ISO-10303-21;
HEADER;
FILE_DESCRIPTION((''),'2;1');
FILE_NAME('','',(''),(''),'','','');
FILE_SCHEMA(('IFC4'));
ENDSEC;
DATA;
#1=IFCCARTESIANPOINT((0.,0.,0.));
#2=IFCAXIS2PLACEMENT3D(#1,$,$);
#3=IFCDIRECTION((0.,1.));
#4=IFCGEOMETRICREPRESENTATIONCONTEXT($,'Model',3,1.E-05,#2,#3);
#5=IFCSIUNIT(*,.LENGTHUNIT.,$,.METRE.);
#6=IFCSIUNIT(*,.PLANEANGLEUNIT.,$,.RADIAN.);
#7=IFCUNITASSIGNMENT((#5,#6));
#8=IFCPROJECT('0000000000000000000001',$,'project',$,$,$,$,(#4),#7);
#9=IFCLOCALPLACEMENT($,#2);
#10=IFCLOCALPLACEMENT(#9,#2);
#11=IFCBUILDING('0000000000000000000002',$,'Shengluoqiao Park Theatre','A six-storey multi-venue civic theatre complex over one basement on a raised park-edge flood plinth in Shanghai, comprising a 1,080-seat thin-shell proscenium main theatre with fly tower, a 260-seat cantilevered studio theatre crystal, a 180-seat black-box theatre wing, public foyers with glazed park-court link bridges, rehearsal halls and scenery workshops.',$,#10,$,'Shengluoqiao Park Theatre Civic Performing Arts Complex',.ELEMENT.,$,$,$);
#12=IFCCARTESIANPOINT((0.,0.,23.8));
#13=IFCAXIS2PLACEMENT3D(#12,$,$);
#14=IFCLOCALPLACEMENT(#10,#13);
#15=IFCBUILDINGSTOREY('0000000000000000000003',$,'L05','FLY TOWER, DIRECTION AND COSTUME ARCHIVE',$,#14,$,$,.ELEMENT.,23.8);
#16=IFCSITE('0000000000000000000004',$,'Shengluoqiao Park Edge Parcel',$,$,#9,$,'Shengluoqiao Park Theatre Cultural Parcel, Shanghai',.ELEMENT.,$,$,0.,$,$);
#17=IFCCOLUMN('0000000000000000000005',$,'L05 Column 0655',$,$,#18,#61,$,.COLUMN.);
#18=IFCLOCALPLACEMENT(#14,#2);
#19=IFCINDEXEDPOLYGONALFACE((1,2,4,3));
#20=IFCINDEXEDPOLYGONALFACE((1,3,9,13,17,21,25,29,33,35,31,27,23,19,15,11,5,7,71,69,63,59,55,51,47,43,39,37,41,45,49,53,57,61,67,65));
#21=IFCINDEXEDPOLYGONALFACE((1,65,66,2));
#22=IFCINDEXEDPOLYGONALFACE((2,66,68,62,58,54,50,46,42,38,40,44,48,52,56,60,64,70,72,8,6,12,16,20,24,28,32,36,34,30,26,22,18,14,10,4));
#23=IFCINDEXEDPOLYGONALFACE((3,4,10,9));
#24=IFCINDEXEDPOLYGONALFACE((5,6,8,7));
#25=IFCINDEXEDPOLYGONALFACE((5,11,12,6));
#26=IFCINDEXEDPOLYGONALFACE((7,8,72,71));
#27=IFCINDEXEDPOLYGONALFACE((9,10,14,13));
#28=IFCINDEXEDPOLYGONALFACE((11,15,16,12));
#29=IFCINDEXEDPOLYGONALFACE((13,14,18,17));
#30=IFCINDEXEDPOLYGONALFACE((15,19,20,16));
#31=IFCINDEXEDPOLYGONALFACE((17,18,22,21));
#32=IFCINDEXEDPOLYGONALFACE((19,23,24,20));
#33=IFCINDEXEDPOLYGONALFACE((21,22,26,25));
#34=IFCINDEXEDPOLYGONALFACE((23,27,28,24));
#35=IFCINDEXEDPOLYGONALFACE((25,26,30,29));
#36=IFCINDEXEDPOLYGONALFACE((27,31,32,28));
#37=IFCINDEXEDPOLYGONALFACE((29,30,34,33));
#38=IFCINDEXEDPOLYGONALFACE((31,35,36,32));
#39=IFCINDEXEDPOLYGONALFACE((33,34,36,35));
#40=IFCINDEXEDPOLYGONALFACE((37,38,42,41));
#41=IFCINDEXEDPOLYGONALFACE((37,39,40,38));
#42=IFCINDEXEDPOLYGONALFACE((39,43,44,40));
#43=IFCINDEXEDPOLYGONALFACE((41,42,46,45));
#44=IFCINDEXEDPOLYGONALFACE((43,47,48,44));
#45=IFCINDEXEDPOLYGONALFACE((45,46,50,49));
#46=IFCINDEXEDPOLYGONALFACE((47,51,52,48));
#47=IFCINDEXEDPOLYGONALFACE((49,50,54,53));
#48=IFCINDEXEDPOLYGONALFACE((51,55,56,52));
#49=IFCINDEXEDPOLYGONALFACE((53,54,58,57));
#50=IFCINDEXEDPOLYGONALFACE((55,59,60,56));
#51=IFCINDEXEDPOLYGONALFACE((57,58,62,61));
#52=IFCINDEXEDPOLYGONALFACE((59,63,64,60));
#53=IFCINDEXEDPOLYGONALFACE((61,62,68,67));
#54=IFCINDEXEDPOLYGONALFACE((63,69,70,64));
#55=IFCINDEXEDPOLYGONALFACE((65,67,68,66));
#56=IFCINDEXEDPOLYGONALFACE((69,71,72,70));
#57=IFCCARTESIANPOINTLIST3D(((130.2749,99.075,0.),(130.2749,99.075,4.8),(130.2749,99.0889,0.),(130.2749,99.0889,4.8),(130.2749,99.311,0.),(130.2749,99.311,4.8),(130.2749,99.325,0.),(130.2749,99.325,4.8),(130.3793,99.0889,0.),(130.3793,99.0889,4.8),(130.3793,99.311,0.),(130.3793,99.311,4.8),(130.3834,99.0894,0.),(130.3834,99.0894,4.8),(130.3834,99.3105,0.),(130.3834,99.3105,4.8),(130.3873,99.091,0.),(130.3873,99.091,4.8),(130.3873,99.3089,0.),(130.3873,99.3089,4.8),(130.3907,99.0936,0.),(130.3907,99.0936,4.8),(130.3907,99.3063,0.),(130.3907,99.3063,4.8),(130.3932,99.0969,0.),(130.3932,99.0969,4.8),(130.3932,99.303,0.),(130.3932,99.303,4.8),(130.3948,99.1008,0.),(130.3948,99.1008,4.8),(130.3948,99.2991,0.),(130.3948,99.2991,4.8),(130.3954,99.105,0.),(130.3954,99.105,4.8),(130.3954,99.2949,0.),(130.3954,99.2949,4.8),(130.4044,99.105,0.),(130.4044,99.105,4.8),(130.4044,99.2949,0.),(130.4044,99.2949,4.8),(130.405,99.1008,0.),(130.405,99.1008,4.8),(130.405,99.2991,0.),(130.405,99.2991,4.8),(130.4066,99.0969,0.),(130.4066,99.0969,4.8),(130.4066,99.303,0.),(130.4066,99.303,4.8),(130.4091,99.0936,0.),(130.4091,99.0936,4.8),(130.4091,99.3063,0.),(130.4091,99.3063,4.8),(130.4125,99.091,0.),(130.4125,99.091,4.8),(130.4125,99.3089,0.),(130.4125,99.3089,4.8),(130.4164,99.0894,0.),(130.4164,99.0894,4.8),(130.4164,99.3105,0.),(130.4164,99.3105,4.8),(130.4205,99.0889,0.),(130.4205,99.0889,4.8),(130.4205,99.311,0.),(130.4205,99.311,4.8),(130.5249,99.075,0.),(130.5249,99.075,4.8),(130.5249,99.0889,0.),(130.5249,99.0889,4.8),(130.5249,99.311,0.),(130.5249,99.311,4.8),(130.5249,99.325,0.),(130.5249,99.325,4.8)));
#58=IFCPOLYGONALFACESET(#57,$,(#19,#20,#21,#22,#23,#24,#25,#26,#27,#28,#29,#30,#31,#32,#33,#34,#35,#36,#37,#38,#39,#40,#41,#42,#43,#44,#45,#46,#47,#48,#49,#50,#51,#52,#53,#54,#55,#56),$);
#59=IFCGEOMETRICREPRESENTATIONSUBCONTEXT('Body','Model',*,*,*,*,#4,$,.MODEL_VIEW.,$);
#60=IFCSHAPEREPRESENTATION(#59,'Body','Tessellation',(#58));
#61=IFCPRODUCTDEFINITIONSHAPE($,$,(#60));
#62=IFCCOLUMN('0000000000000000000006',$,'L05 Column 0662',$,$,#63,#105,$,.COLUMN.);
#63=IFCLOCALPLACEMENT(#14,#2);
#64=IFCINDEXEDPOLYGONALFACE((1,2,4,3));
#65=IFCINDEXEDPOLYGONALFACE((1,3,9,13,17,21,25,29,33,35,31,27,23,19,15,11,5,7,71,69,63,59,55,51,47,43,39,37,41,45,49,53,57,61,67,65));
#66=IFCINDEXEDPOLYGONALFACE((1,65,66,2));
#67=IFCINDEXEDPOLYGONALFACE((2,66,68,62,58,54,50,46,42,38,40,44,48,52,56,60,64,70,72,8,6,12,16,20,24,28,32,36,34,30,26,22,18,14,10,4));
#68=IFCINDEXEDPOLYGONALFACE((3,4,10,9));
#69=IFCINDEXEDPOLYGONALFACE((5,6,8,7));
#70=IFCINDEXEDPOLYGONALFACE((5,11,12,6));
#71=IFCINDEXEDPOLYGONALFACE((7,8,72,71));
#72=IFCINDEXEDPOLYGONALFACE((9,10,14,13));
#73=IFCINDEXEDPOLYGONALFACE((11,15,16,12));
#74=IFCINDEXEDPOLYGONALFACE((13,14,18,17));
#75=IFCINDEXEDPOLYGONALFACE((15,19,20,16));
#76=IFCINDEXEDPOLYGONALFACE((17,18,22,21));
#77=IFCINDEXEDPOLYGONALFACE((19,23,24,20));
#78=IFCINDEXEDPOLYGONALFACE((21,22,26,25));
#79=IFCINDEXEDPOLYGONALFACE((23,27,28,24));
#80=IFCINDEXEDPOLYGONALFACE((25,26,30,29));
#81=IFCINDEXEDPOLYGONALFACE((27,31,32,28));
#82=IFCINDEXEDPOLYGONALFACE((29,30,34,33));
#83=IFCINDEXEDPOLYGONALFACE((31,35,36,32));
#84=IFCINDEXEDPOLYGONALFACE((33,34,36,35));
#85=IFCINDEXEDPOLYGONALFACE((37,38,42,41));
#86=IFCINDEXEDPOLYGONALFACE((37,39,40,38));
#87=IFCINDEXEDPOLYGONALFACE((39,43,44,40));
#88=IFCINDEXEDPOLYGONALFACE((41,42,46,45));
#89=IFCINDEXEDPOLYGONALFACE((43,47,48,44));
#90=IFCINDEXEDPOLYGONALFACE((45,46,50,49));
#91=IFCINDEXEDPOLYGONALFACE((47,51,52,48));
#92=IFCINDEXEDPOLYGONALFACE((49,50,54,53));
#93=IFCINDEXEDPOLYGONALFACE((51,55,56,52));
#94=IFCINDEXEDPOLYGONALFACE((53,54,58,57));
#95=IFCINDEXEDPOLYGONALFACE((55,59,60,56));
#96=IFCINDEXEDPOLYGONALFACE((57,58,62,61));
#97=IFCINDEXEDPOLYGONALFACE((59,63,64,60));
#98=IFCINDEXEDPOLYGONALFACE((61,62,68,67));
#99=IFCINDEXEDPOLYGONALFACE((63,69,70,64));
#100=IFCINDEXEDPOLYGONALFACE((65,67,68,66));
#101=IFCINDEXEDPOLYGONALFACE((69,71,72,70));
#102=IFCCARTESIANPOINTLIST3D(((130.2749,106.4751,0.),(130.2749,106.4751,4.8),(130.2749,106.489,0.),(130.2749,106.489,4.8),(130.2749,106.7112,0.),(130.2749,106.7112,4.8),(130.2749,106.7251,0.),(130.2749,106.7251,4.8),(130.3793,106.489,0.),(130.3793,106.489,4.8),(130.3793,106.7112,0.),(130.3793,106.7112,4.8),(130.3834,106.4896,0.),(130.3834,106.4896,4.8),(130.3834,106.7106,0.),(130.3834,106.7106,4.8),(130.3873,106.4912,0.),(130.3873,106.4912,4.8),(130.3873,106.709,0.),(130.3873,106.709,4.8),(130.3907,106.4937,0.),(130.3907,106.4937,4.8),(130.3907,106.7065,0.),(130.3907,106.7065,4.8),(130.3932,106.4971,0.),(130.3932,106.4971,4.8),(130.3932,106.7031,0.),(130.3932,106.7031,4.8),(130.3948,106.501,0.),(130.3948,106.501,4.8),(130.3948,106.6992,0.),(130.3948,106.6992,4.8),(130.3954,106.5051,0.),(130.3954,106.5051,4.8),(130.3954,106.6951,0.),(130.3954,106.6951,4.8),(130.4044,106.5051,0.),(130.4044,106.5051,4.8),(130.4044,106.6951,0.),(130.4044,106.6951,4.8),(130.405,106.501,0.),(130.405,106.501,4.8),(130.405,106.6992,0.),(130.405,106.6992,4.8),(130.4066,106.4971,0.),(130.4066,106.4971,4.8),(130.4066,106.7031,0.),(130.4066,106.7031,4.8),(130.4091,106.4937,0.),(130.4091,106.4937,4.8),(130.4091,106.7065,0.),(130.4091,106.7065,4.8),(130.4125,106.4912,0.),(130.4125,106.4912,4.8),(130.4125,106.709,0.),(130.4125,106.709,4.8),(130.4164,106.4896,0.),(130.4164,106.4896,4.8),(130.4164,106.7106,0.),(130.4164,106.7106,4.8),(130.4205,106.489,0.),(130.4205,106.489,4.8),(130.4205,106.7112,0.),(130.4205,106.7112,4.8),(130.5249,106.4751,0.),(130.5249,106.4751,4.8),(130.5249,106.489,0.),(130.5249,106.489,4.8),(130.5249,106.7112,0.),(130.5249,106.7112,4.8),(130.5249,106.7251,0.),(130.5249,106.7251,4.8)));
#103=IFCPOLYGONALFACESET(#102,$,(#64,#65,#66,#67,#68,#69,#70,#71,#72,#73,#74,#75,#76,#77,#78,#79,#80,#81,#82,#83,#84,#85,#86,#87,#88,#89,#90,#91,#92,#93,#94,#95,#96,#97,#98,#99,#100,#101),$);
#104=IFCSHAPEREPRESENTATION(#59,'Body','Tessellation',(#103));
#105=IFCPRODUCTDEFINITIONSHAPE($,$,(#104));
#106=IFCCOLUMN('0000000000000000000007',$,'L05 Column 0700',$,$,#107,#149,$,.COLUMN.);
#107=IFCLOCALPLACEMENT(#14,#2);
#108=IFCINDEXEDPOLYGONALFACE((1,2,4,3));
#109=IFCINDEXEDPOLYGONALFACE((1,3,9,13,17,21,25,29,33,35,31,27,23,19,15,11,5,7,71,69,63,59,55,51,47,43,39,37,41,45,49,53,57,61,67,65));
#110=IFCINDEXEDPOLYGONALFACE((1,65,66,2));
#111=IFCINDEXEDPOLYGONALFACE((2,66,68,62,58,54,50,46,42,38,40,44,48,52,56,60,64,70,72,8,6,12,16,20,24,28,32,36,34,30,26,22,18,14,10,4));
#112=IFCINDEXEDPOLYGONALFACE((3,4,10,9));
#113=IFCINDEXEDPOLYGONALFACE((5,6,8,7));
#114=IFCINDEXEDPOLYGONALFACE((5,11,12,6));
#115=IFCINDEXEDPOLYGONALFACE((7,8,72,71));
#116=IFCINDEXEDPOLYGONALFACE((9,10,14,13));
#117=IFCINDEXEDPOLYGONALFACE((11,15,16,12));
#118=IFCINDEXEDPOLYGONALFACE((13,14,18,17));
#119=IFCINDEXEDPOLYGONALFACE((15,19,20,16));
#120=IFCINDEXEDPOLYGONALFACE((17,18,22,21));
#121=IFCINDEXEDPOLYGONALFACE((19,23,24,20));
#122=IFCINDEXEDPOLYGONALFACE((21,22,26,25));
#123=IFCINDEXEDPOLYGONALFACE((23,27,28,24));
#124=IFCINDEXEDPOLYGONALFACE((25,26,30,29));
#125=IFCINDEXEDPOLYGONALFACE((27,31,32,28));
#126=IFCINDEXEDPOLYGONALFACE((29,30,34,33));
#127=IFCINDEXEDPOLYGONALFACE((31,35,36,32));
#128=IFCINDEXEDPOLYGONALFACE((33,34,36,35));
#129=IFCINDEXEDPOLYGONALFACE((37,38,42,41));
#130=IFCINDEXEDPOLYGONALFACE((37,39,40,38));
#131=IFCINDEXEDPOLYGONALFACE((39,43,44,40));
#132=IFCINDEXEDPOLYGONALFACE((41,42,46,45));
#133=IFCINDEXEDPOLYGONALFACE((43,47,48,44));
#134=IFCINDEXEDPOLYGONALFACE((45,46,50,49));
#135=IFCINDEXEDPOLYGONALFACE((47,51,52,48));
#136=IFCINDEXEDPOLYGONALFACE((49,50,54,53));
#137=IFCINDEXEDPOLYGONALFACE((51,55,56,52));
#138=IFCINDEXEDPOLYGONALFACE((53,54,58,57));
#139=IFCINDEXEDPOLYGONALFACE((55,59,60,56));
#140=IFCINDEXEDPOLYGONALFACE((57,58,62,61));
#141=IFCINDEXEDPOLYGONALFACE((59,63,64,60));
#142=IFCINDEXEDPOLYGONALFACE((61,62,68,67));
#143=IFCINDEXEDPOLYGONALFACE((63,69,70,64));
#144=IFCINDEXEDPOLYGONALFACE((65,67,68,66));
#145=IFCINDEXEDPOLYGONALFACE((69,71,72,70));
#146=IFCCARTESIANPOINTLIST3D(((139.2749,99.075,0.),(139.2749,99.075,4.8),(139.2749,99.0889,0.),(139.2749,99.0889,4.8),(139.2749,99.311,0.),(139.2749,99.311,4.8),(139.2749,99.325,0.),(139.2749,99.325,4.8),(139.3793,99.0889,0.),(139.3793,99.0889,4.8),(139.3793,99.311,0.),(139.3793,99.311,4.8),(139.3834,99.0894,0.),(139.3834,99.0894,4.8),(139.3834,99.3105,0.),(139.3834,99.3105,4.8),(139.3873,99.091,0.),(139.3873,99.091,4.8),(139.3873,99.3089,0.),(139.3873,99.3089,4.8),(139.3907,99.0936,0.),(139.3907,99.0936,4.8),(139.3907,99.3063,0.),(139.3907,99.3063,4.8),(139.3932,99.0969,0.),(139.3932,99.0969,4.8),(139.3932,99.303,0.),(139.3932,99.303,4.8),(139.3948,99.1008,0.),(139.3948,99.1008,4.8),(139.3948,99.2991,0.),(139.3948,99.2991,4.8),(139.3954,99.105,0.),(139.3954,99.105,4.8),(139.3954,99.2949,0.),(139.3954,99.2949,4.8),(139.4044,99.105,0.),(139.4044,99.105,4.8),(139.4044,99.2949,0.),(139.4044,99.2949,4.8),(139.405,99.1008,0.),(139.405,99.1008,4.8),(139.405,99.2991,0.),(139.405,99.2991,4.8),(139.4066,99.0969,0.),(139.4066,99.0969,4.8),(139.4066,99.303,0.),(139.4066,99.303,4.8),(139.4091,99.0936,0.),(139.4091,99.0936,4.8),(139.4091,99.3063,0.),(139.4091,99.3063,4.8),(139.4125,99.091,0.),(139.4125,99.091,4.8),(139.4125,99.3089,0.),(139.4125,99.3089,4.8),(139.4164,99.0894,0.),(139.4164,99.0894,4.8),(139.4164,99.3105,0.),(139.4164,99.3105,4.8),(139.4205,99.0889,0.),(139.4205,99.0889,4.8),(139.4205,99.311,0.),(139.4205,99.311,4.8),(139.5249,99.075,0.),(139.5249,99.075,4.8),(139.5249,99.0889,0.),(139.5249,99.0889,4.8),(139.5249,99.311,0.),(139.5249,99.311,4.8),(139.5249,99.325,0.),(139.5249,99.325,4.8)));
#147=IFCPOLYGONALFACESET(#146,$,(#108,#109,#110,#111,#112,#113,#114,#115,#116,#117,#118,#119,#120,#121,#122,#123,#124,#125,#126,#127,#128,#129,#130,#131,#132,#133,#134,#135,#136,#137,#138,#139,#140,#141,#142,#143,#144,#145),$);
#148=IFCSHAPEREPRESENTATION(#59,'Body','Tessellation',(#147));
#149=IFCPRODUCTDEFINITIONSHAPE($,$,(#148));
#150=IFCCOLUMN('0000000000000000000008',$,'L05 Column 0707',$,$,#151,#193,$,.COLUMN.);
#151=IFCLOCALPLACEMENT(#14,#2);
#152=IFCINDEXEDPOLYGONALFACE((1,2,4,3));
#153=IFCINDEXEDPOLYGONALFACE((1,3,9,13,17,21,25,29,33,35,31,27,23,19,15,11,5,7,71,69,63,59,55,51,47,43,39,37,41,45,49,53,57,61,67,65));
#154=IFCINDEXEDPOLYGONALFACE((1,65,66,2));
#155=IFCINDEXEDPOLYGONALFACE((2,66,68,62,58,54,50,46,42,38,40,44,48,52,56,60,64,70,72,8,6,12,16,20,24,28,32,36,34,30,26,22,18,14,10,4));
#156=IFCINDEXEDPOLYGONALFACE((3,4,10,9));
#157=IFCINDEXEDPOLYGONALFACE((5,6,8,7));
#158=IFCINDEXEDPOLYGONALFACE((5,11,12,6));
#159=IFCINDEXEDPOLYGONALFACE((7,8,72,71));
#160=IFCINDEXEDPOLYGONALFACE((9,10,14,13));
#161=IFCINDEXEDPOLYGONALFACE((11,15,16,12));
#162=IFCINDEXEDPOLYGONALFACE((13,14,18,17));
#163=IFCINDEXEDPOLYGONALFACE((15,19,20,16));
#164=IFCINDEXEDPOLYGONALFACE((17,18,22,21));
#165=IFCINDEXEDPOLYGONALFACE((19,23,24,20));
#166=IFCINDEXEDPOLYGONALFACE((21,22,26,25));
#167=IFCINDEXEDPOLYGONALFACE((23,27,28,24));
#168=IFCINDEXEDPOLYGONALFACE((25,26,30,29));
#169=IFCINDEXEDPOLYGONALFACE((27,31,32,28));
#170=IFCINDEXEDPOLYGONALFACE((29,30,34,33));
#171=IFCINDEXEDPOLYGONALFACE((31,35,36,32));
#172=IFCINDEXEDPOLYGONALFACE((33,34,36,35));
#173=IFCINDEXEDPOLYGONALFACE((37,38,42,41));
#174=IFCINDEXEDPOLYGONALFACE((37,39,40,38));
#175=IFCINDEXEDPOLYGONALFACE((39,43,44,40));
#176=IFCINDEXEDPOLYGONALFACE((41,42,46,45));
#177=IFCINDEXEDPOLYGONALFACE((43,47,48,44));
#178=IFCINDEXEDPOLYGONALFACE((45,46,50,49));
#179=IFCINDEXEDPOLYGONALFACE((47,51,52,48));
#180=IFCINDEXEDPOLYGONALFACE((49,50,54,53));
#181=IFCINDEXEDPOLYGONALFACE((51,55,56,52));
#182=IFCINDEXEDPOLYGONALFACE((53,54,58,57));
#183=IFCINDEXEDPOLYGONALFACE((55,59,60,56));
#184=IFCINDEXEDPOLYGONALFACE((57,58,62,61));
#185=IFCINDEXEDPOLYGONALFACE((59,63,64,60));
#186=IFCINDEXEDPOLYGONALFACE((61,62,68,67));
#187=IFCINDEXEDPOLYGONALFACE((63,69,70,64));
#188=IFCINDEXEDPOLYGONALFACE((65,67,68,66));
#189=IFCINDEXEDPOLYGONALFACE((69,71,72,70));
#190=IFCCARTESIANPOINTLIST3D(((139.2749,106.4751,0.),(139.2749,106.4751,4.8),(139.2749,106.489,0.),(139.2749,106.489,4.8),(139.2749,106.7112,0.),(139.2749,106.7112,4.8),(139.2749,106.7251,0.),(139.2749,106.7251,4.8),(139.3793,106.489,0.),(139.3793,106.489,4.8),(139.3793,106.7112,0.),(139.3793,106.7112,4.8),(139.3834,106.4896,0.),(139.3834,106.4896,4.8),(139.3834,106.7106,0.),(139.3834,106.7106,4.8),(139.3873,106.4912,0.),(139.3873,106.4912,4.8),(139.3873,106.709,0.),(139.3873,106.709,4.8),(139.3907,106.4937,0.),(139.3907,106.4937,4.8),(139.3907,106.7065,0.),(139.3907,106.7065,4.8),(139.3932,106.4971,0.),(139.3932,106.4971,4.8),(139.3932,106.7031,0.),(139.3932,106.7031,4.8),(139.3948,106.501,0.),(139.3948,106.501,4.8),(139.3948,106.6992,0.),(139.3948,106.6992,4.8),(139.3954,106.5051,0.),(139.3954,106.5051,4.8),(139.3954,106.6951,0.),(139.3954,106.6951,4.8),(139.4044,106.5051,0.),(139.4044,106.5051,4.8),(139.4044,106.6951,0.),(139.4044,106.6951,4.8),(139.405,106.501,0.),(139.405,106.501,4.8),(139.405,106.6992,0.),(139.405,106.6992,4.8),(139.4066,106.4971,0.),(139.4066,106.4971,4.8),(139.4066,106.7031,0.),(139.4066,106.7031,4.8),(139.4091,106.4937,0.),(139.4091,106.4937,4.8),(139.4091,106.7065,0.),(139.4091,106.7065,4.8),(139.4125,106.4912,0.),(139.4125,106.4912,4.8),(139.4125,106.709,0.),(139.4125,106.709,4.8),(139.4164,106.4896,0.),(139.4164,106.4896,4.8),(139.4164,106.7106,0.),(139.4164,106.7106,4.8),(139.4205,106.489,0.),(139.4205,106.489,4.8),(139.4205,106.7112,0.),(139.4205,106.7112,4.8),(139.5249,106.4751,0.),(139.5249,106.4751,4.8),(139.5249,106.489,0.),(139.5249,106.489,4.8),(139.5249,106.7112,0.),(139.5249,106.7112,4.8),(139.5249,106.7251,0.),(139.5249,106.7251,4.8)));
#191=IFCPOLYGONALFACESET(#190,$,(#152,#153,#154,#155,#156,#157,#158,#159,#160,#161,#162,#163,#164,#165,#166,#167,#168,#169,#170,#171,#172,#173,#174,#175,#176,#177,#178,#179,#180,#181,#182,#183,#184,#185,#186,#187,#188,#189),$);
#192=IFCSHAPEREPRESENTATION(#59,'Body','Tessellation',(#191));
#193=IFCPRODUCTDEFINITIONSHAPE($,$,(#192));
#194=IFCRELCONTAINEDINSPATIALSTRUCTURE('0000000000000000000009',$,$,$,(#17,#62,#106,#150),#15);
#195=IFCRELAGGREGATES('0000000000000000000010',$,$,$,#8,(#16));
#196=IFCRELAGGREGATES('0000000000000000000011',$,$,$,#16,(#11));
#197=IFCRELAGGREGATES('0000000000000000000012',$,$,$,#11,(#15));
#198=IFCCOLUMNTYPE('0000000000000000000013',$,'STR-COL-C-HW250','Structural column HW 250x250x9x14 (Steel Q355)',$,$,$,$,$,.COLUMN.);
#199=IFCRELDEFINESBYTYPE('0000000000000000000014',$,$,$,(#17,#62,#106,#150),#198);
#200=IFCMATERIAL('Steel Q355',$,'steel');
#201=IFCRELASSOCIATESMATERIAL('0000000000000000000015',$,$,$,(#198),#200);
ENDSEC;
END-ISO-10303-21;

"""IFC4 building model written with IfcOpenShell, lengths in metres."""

from ifc_helpers import new_model, si_unit, direction, frame, origin, origin_2d, place, context, subcontext, project, spatial, i_section, extrude, material, material_profile, profile_set, type_object, element, save


model = new_model("IFC4")

# Units and contexts
model_context = context("Model", 3, precision=1e-05, world=origin(), true_north=direction((0.0, 1.0)))
body_context = subcontext(model_context, "Body", "Model", "MODEL_VIEW")
ifc_project = project(units=[si_unit("LENGTHUNIT", "METRE"), si_unit("PLANEANGLEUNIT", "RADIAN")], contexts=[model_context])

# Site, building, storey
site_placement = place(None, origin())
site = spatial("IfcSite", under=ifc_project, at=site_placement, Name="Shengluoqiao Park Edge Parcel", LongName="Shengluoqiao Park Theatre Cultural Parcel, Shanghai", CompositionType="ELEMENT", RefElevation=0.0)
building_placement = place(site_placement, origin())
building = spatial("IfcBuilding", under=site, at=building_placement, Name="Shengluoqiao Park Theatre", Description="A six-storey multi-venue civic theatre complex over one basement on a raised park-edge flood plinth in Shanghai, comprising a 1,080-seat thin-shell proscenium main theatre with fly tower, a 260-seat cantilevered studio theatre crystal, a 180-seat black-box theatre wing, public foyers with glazed park-court link bridges, rehearsal halls and scenery workshops.", LongName="Shengluoqiao Park Theatre Civic Performing Arts Complex", CompositionType="ELEMENT")
storey_placement = place(building_placement, frame((0.0, 0.0, 23.8)))
storey = spatial("IfcBuildingStorey", under=building, at=storey_placement, Name="L05", Description="FLY TOWER, DIRECTION AND COSTUME ARCHIVE", CompositionType="ELEMENT", Elevation=23.8)

# Columns
ifc_material_1 = material(Name="Steel Q355", Category="steel")
ifc_material_profile_1 = material_profile(ifc_material_1, i_section(OverallWidth=0.25, OverallDepth=0.25, WebThickness=0.009, FlangeThickness=0.0139, FilletRadius=0.0161, at=origin_2d()), Name="HW 250x250x9x14")
ifc_profile_set_1 = profile_set([ifc_material_profile_1], Name="Steel Q355")
column_type = type_object("IfcColumnType", Name="STR-COL-C-HW250", Description="Structural column HW 250x250x9x14 (Steel Q355)", PredefinedType="COLUMN", material=ifc_profile_set_1)
for number, where, z_axis, x_axis, name in (
    (1, (130.3999, 99.2, 0.0), (0.0, 0.0, 1.0), (1.0, 0.0, 0.0), "L05 Column 0655"),
    (2, (130.3999, 106.6001, 0.0), (0.0, 0.0, 1.0), (1.0, 0.0, 0.0), "L05 Column 0662"),
    (3, (139.3999, 99.2, 0.0), (0.0, 0.0, 1.0), (1.0, 0.0, 0.0), "L05 Column 0700"),
    (4, (139.3999, 106.6001, 0.0), (0.0, 0.0, 1.0), (1.0, 0.0, 0.0), "L05 Column 0707"),
):
    element("IfcColumn", number, at=place(storey_placement, frame(where, z_axis=z_axis, x_axis=x_axis)), inside=storey, type_object=column_type, Name=name, PredefinedType="COLUMN", context=body_context, shape_type="SweptSolid", body=[
        extrude(i_section(OverallWidth=0.25, OverallDepth=0.25, WebThickness=0.009, FlangeThickness=0.0139, FilletRadius=0.0161, at=origin_2d()), origin(), (0.0, 0.0, 1.0), 4.8),
    ])

save(model, "model.ifc")
